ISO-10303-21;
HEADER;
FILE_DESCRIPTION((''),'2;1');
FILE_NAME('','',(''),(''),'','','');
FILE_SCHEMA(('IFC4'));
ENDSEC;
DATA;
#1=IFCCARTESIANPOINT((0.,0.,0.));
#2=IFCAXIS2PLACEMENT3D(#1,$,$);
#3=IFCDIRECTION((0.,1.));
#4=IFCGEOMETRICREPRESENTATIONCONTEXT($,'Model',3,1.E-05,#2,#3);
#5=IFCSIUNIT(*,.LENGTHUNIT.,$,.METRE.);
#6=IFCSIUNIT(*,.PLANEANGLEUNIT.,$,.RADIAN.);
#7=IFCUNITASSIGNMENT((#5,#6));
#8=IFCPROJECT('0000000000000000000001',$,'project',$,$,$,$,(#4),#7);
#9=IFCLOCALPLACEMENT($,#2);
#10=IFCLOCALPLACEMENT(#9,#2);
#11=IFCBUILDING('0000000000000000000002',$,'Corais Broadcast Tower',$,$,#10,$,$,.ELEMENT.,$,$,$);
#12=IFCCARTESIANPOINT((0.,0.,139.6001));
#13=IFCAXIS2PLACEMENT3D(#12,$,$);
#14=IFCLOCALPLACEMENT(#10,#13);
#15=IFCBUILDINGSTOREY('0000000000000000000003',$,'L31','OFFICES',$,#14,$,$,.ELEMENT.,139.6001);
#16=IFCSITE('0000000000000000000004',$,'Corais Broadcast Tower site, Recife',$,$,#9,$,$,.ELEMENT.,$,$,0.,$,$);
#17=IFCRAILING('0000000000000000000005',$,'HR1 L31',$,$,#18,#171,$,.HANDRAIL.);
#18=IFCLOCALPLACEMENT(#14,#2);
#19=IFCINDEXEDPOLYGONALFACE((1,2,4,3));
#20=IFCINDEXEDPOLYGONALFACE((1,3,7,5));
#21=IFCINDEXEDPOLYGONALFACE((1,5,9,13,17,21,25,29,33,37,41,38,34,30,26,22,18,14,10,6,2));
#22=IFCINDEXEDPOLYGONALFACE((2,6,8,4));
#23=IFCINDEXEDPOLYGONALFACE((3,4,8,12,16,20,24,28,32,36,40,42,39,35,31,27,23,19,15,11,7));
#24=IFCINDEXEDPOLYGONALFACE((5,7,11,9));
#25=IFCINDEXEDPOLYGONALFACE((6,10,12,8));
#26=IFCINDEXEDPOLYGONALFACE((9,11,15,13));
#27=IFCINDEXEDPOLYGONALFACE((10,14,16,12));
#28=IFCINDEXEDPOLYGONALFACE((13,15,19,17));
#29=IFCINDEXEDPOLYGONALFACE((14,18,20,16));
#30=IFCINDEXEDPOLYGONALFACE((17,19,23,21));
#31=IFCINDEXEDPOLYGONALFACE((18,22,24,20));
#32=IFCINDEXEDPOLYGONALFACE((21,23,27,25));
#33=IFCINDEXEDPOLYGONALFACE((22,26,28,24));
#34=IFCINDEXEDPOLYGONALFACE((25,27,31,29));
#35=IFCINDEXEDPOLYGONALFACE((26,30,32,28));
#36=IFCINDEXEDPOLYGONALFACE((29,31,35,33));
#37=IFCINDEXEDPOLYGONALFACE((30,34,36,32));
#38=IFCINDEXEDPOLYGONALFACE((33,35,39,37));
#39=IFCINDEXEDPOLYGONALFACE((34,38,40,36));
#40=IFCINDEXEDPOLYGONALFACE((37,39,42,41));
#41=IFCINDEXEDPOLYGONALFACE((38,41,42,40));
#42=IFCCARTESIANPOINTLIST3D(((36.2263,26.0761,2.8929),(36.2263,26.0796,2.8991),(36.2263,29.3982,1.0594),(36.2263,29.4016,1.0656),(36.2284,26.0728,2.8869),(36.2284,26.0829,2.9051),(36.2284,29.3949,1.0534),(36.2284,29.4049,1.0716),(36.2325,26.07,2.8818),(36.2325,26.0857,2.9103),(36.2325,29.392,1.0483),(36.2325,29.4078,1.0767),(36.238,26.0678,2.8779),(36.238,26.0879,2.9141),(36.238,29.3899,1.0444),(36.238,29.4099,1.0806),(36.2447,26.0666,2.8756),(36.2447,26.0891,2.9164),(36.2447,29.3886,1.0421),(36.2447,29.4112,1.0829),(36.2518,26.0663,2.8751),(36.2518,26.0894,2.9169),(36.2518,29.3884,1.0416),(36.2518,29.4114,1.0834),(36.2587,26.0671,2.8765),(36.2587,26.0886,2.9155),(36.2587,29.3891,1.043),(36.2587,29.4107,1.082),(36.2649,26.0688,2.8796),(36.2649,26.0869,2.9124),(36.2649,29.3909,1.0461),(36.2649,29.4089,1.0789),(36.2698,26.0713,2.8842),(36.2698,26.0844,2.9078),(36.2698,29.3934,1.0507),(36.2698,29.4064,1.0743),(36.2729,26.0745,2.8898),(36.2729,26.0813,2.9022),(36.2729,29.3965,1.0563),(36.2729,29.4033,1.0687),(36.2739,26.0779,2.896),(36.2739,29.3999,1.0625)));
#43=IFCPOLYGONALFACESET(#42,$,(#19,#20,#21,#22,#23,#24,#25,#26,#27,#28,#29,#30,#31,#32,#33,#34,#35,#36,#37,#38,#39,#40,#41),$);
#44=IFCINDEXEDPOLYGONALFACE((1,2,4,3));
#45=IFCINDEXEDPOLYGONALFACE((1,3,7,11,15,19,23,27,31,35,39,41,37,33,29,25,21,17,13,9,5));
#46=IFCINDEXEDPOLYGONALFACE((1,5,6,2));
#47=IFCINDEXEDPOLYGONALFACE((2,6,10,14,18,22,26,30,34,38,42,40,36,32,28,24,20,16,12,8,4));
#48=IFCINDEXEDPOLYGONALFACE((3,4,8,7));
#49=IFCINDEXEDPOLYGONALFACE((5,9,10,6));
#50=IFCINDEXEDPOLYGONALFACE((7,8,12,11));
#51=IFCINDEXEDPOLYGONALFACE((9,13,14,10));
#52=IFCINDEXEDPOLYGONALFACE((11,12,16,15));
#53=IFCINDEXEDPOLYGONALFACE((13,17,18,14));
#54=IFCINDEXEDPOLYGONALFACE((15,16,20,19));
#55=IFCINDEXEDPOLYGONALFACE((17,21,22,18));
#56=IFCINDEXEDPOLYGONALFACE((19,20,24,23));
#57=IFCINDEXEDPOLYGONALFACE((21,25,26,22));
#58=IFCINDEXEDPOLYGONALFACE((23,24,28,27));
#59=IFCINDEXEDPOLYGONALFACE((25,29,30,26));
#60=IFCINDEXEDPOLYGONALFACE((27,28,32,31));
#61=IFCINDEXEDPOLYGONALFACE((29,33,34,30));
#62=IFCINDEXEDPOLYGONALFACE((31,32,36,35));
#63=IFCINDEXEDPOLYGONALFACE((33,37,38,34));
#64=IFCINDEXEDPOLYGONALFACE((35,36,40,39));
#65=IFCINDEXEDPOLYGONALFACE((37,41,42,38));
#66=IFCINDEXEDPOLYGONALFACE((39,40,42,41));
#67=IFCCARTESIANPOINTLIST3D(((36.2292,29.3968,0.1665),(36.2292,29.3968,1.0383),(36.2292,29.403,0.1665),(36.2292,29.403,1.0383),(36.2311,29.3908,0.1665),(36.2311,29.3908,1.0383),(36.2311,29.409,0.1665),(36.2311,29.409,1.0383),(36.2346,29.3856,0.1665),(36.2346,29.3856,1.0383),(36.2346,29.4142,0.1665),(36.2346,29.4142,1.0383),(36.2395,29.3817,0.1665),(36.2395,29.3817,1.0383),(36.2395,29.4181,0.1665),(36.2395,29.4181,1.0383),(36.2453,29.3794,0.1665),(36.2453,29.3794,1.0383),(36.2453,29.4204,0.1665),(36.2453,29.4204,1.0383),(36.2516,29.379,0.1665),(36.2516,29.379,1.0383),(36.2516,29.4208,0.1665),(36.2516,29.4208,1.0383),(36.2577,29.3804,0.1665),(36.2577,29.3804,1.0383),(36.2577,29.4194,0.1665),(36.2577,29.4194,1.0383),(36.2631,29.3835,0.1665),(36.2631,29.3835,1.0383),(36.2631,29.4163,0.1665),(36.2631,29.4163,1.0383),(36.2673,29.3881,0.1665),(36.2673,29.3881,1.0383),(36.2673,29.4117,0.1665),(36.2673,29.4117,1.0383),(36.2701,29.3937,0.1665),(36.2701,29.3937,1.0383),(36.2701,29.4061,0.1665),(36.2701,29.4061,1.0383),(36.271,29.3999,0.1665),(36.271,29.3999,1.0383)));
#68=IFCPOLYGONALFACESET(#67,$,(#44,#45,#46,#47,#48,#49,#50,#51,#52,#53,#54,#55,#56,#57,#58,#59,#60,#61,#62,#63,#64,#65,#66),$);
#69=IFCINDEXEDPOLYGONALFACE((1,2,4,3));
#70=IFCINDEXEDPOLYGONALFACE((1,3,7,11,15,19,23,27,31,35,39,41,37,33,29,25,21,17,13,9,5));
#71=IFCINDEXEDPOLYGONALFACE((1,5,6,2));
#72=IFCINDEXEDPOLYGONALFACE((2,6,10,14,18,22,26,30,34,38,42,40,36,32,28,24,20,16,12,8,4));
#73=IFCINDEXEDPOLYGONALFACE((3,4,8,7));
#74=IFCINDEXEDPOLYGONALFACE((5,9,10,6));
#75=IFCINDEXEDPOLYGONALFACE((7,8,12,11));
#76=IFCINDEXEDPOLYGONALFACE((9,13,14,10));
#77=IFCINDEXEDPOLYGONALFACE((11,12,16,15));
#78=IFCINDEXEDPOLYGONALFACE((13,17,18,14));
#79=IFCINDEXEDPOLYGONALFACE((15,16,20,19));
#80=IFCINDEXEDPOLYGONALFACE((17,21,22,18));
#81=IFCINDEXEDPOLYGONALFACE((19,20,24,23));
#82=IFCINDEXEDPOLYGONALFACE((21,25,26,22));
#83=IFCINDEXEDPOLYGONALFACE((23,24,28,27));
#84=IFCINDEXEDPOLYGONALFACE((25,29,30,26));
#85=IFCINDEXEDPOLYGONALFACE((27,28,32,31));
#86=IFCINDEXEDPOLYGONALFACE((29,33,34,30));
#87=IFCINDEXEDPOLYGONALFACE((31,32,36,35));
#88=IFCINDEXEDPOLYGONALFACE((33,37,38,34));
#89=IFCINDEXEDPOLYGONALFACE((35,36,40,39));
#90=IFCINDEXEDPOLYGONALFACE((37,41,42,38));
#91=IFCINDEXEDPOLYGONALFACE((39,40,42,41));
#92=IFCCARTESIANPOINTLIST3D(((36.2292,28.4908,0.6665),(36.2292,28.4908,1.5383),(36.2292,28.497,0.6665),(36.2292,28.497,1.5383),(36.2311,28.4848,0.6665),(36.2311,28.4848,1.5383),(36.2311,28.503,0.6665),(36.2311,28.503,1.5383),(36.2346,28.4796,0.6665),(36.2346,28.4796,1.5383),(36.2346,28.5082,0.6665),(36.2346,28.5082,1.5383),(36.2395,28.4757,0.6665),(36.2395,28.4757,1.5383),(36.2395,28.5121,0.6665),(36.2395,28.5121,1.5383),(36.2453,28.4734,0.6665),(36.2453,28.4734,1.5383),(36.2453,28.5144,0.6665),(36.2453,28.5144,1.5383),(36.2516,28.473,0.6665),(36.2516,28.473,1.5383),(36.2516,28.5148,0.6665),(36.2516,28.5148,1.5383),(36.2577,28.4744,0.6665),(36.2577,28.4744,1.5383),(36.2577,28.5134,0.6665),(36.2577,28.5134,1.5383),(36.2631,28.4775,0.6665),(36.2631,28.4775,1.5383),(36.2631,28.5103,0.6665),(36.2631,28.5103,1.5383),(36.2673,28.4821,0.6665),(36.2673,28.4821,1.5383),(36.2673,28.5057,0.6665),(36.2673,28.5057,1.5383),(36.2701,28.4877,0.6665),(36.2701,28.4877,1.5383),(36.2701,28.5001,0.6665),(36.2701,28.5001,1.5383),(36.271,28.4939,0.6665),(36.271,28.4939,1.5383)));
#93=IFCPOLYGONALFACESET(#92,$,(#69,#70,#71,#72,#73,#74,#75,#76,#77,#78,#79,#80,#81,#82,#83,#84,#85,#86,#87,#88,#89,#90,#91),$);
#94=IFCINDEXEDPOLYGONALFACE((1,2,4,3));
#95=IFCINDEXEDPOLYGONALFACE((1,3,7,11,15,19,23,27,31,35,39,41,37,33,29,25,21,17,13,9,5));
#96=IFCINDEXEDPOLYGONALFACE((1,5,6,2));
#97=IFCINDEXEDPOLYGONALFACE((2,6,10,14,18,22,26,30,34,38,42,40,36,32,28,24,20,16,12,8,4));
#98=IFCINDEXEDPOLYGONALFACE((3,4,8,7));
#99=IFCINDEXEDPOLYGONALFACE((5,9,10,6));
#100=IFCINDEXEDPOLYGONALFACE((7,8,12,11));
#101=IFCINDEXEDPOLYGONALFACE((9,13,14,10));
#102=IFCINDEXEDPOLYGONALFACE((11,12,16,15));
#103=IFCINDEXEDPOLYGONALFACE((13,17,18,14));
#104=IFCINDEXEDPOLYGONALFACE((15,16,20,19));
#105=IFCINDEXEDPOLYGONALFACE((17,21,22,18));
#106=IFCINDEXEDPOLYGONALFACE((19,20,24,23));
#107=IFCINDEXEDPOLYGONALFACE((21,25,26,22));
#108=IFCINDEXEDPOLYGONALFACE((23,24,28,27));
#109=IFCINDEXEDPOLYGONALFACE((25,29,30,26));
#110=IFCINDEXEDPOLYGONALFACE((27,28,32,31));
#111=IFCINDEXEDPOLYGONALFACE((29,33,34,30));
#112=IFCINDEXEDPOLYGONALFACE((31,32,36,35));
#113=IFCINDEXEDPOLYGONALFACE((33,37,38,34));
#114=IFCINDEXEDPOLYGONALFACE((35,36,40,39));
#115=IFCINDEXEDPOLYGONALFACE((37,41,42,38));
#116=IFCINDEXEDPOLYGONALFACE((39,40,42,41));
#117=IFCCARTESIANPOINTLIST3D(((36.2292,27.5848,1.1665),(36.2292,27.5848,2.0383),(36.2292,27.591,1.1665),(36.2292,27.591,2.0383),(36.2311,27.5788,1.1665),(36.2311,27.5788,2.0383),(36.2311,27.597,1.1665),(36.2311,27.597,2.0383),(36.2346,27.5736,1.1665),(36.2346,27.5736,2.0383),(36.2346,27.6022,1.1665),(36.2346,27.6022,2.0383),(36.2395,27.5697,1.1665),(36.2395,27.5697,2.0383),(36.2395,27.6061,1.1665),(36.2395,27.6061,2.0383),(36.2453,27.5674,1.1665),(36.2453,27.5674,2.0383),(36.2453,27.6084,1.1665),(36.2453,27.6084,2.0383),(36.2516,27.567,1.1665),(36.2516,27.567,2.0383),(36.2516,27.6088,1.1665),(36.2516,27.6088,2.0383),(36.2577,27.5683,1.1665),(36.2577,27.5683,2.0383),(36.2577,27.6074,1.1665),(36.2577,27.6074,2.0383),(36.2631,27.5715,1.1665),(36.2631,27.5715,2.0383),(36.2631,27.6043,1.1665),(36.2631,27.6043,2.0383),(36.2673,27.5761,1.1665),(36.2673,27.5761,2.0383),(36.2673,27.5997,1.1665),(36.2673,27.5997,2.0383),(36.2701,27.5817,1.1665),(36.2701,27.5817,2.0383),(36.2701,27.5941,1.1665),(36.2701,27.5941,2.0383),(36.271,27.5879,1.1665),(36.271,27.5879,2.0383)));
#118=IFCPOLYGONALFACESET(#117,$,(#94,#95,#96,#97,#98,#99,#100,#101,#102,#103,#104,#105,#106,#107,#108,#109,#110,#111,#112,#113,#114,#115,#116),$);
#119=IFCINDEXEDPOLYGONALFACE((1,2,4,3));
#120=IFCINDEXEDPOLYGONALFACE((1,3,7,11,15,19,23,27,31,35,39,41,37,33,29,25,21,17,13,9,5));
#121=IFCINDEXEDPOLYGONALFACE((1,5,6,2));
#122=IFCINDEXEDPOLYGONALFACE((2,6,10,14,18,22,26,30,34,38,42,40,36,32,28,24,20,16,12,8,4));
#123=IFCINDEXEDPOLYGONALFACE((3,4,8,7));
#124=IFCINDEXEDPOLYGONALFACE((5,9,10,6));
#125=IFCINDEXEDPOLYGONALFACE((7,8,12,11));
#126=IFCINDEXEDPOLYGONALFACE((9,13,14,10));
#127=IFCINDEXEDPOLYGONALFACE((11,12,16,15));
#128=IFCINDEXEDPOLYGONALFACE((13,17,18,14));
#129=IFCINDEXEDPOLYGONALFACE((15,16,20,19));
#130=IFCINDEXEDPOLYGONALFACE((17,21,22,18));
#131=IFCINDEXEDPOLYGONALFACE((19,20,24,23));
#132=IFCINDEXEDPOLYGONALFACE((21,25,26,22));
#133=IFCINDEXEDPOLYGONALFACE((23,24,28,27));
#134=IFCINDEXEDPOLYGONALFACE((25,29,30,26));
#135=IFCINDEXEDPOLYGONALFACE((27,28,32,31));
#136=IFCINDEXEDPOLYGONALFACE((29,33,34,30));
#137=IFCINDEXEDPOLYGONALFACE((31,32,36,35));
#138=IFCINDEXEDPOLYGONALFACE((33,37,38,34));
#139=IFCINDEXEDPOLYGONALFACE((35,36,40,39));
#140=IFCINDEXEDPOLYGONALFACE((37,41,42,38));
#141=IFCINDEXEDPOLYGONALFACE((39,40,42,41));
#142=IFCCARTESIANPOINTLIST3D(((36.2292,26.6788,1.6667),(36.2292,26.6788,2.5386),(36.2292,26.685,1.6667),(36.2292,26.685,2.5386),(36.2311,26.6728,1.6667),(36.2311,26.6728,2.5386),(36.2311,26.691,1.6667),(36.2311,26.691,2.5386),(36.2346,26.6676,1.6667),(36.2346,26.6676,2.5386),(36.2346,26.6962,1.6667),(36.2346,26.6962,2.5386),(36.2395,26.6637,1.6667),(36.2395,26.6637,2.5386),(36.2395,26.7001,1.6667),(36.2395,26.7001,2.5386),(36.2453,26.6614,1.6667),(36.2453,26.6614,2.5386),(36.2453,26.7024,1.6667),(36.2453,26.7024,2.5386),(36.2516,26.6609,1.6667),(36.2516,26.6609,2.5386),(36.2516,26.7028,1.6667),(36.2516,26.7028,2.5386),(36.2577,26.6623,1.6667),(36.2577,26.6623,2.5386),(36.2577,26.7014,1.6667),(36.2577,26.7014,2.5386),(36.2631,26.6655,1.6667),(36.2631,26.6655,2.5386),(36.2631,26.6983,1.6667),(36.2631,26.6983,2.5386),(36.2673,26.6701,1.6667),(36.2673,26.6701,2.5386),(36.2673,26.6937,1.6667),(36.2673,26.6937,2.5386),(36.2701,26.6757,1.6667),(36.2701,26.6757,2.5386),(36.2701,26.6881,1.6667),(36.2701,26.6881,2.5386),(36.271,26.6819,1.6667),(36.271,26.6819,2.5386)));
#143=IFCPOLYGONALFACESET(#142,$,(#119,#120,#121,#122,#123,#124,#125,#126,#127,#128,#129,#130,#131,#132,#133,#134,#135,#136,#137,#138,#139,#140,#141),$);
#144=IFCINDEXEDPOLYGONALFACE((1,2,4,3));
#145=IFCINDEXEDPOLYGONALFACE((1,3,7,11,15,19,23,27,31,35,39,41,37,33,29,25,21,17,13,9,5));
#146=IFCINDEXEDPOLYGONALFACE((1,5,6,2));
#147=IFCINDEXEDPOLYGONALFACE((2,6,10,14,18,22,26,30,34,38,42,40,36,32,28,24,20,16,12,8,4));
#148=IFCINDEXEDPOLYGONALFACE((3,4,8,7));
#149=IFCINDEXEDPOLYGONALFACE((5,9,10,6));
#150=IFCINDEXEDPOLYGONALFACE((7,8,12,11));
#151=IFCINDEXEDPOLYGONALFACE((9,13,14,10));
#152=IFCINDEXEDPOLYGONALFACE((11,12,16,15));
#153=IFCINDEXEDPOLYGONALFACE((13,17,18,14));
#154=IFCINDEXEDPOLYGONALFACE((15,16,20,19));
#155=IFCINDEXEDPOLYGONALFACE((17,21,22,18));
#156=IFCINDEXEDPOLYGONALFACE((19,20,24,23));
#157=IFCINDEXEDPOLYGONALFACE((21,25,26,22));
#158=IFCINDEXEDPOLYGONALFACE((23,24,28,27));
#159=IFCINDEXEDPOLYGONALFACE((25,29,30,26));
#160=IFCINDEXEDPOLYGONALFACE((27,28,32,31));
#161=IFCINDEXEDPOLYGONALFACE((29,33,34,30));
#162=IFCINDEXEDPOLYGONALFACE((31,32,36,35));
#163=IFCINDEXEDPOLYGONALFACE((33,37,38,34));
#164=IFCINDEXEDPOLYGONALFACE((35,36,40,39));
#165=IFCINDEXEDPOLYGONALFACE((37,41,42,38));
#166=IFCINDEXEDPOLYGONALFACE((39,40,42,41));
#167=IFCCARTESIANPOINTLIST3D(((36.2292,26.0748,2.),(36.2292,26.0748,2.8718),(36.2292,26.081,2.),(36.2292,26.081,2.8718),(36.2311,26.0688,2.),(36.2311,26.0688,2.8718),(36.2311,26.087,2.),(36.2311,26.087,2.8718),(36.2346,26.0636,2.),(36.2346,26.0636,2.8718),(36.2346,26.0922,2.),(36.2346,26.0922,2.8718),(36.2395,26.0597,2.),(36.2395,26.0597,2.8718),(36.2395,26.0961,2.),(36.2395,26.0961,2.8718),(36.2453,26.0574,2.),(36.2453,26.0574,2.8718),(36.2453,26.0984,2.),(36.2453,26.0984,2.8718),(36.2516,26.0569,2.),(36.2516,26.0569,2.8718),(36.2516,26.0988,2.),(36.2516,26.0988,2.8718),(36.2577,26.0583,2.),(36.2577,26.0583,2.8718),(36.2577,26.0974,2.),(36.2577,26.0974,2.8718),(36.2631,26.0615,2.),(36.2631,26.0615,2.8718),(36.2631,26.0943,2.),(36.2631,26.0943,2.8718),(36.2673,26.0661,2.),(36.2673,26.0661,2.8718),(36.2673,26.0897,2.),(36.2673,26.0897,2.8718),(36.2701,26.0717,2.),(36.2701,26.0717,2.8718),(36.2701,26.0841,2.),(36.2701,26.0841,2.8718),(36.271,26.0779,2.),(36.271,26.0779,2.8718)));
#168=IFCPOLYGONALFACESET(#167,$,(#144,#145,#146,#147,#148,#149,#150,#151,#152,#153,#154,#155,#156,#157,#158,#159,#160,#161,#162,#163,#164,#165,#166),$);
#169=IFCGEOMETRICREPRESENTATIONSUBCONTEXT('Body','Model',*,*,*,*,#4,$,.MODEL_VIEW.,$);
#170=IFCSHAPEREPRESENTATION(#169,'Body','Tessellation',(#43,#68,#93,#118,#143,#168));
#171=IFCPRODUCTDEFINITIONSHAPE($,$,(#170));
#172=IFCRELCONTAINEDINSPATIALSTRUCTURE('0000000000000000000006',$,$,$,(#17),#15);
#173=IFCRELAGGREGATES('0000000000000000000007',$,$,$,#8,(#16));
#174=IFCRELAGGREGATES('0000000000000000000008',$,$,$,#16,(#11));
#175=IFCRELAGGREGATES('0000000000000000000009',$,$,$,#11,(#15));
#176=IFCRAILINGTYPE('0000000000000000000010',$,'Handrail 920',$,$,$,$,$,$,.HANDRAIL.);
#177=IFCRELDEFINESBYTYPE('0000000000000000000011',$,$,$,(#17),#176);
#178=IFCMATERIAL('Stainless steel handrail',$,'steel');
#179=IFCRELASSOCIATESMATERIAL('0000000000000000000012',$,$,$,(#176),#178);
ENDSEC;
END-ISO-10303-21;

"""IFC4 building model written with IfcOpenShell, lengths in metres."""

from ifc_helpers import new_model, si_unit, direction, frame, origin, origin_2d, place, context, subcontext, project, spatial, circle, extrude, material, type_object, element, save


model = new_model("IFC4")

# Units and contexts
model_context = context("Model", 3, precision=1e-05, world=origin(), true_north=direction((0.0, 1.0)))
body_context = subcontext(model_context, "Body", "Model", "MODEL_VIEW")
ifc_project = project(units=[si_unit("LENGTHUNIT", "METRE"), si_unit("PLANEANGLEUNIT", "RADIAN")], contexts=[model_context])

# Site, building, storey
site_placement = place(None, origin())
site = spatial("IfcSite", under=ifc_project, at=site_placement, Name="Corais Broadcast Tower site, Recife", CompositionType="ELEMENT", RefElevation=0.0)
building_placement = place(site_placement, origin())
building = spatial("IfcBuilding", under=site, at=building_placement, Name="Corais Broadcast Tower", CompositionType="ELEMENT")
storey_placement = place(building_placement, frame((0.0, 0.0, 139.6001)))
storey = spatial("IfcBuildingStorey", under=building, at=storey_placement, Name="L31", Description="OFFICES", CompositionType="ELEMENT", Elevation=139.6001)

# Railing
ifc_material_1 = material(Name="Stainless steel handrail", Category="steel")
railing_type = type_object("IfcRailingType", Name="Handrail 920", PredefinedType="HANDRAIL", material=ifc_material_1)
for number, where, name in (
    (1, (36.25, 29.3999, 0.1665), "HR1 L31"),
):
    element("IfcRailing", number, at=place(storey_placement, frame(where)), inside=storey, type_object=railing_type, Name=name, PredefinedType="HANDRAIL", context=body_context, shape_type="SweptSolid", body=[
        extrude(circle(Radius=0.0239, at=origin_2d()), frame((0.0, 0.0, 0.896), z_axis=(0.0, -0.875504, 0.48321), x_axis=(1.0, 0.0, 0.0)), (0.0, 0.0, 1.0), 3.7944),
        extrude(circle(Radius=0.021, at=origin_2d()), origin(), (0.0, 0.0, 1.0), 0.8718),
        extrude(circle(Radius=0.021, at=origin_2d()), frame((0.0, -0.906, 0.5)), (0.0, 0.0, 1.0), 0.8718),
        extrude(circle(Radius=0.021, at=origin_2d()), frame((0.0, -1.812, 1.0)), (0.0, 0.0, 1.0), 0.8718),
        extrude(circle(Radius=0.021, at=origin_2d()), frame((0.0, -2.718, 1.5002)), (0.0, 0.0, 1.0), 0.8718),
        extrude(circle(Radius=0.021, at=origin_2d()), frame((0.0, -3.322, 1.8335)), (0.0, 0.0, 1.0), 0.8718),
    ])

save(model, "model.ifc")
